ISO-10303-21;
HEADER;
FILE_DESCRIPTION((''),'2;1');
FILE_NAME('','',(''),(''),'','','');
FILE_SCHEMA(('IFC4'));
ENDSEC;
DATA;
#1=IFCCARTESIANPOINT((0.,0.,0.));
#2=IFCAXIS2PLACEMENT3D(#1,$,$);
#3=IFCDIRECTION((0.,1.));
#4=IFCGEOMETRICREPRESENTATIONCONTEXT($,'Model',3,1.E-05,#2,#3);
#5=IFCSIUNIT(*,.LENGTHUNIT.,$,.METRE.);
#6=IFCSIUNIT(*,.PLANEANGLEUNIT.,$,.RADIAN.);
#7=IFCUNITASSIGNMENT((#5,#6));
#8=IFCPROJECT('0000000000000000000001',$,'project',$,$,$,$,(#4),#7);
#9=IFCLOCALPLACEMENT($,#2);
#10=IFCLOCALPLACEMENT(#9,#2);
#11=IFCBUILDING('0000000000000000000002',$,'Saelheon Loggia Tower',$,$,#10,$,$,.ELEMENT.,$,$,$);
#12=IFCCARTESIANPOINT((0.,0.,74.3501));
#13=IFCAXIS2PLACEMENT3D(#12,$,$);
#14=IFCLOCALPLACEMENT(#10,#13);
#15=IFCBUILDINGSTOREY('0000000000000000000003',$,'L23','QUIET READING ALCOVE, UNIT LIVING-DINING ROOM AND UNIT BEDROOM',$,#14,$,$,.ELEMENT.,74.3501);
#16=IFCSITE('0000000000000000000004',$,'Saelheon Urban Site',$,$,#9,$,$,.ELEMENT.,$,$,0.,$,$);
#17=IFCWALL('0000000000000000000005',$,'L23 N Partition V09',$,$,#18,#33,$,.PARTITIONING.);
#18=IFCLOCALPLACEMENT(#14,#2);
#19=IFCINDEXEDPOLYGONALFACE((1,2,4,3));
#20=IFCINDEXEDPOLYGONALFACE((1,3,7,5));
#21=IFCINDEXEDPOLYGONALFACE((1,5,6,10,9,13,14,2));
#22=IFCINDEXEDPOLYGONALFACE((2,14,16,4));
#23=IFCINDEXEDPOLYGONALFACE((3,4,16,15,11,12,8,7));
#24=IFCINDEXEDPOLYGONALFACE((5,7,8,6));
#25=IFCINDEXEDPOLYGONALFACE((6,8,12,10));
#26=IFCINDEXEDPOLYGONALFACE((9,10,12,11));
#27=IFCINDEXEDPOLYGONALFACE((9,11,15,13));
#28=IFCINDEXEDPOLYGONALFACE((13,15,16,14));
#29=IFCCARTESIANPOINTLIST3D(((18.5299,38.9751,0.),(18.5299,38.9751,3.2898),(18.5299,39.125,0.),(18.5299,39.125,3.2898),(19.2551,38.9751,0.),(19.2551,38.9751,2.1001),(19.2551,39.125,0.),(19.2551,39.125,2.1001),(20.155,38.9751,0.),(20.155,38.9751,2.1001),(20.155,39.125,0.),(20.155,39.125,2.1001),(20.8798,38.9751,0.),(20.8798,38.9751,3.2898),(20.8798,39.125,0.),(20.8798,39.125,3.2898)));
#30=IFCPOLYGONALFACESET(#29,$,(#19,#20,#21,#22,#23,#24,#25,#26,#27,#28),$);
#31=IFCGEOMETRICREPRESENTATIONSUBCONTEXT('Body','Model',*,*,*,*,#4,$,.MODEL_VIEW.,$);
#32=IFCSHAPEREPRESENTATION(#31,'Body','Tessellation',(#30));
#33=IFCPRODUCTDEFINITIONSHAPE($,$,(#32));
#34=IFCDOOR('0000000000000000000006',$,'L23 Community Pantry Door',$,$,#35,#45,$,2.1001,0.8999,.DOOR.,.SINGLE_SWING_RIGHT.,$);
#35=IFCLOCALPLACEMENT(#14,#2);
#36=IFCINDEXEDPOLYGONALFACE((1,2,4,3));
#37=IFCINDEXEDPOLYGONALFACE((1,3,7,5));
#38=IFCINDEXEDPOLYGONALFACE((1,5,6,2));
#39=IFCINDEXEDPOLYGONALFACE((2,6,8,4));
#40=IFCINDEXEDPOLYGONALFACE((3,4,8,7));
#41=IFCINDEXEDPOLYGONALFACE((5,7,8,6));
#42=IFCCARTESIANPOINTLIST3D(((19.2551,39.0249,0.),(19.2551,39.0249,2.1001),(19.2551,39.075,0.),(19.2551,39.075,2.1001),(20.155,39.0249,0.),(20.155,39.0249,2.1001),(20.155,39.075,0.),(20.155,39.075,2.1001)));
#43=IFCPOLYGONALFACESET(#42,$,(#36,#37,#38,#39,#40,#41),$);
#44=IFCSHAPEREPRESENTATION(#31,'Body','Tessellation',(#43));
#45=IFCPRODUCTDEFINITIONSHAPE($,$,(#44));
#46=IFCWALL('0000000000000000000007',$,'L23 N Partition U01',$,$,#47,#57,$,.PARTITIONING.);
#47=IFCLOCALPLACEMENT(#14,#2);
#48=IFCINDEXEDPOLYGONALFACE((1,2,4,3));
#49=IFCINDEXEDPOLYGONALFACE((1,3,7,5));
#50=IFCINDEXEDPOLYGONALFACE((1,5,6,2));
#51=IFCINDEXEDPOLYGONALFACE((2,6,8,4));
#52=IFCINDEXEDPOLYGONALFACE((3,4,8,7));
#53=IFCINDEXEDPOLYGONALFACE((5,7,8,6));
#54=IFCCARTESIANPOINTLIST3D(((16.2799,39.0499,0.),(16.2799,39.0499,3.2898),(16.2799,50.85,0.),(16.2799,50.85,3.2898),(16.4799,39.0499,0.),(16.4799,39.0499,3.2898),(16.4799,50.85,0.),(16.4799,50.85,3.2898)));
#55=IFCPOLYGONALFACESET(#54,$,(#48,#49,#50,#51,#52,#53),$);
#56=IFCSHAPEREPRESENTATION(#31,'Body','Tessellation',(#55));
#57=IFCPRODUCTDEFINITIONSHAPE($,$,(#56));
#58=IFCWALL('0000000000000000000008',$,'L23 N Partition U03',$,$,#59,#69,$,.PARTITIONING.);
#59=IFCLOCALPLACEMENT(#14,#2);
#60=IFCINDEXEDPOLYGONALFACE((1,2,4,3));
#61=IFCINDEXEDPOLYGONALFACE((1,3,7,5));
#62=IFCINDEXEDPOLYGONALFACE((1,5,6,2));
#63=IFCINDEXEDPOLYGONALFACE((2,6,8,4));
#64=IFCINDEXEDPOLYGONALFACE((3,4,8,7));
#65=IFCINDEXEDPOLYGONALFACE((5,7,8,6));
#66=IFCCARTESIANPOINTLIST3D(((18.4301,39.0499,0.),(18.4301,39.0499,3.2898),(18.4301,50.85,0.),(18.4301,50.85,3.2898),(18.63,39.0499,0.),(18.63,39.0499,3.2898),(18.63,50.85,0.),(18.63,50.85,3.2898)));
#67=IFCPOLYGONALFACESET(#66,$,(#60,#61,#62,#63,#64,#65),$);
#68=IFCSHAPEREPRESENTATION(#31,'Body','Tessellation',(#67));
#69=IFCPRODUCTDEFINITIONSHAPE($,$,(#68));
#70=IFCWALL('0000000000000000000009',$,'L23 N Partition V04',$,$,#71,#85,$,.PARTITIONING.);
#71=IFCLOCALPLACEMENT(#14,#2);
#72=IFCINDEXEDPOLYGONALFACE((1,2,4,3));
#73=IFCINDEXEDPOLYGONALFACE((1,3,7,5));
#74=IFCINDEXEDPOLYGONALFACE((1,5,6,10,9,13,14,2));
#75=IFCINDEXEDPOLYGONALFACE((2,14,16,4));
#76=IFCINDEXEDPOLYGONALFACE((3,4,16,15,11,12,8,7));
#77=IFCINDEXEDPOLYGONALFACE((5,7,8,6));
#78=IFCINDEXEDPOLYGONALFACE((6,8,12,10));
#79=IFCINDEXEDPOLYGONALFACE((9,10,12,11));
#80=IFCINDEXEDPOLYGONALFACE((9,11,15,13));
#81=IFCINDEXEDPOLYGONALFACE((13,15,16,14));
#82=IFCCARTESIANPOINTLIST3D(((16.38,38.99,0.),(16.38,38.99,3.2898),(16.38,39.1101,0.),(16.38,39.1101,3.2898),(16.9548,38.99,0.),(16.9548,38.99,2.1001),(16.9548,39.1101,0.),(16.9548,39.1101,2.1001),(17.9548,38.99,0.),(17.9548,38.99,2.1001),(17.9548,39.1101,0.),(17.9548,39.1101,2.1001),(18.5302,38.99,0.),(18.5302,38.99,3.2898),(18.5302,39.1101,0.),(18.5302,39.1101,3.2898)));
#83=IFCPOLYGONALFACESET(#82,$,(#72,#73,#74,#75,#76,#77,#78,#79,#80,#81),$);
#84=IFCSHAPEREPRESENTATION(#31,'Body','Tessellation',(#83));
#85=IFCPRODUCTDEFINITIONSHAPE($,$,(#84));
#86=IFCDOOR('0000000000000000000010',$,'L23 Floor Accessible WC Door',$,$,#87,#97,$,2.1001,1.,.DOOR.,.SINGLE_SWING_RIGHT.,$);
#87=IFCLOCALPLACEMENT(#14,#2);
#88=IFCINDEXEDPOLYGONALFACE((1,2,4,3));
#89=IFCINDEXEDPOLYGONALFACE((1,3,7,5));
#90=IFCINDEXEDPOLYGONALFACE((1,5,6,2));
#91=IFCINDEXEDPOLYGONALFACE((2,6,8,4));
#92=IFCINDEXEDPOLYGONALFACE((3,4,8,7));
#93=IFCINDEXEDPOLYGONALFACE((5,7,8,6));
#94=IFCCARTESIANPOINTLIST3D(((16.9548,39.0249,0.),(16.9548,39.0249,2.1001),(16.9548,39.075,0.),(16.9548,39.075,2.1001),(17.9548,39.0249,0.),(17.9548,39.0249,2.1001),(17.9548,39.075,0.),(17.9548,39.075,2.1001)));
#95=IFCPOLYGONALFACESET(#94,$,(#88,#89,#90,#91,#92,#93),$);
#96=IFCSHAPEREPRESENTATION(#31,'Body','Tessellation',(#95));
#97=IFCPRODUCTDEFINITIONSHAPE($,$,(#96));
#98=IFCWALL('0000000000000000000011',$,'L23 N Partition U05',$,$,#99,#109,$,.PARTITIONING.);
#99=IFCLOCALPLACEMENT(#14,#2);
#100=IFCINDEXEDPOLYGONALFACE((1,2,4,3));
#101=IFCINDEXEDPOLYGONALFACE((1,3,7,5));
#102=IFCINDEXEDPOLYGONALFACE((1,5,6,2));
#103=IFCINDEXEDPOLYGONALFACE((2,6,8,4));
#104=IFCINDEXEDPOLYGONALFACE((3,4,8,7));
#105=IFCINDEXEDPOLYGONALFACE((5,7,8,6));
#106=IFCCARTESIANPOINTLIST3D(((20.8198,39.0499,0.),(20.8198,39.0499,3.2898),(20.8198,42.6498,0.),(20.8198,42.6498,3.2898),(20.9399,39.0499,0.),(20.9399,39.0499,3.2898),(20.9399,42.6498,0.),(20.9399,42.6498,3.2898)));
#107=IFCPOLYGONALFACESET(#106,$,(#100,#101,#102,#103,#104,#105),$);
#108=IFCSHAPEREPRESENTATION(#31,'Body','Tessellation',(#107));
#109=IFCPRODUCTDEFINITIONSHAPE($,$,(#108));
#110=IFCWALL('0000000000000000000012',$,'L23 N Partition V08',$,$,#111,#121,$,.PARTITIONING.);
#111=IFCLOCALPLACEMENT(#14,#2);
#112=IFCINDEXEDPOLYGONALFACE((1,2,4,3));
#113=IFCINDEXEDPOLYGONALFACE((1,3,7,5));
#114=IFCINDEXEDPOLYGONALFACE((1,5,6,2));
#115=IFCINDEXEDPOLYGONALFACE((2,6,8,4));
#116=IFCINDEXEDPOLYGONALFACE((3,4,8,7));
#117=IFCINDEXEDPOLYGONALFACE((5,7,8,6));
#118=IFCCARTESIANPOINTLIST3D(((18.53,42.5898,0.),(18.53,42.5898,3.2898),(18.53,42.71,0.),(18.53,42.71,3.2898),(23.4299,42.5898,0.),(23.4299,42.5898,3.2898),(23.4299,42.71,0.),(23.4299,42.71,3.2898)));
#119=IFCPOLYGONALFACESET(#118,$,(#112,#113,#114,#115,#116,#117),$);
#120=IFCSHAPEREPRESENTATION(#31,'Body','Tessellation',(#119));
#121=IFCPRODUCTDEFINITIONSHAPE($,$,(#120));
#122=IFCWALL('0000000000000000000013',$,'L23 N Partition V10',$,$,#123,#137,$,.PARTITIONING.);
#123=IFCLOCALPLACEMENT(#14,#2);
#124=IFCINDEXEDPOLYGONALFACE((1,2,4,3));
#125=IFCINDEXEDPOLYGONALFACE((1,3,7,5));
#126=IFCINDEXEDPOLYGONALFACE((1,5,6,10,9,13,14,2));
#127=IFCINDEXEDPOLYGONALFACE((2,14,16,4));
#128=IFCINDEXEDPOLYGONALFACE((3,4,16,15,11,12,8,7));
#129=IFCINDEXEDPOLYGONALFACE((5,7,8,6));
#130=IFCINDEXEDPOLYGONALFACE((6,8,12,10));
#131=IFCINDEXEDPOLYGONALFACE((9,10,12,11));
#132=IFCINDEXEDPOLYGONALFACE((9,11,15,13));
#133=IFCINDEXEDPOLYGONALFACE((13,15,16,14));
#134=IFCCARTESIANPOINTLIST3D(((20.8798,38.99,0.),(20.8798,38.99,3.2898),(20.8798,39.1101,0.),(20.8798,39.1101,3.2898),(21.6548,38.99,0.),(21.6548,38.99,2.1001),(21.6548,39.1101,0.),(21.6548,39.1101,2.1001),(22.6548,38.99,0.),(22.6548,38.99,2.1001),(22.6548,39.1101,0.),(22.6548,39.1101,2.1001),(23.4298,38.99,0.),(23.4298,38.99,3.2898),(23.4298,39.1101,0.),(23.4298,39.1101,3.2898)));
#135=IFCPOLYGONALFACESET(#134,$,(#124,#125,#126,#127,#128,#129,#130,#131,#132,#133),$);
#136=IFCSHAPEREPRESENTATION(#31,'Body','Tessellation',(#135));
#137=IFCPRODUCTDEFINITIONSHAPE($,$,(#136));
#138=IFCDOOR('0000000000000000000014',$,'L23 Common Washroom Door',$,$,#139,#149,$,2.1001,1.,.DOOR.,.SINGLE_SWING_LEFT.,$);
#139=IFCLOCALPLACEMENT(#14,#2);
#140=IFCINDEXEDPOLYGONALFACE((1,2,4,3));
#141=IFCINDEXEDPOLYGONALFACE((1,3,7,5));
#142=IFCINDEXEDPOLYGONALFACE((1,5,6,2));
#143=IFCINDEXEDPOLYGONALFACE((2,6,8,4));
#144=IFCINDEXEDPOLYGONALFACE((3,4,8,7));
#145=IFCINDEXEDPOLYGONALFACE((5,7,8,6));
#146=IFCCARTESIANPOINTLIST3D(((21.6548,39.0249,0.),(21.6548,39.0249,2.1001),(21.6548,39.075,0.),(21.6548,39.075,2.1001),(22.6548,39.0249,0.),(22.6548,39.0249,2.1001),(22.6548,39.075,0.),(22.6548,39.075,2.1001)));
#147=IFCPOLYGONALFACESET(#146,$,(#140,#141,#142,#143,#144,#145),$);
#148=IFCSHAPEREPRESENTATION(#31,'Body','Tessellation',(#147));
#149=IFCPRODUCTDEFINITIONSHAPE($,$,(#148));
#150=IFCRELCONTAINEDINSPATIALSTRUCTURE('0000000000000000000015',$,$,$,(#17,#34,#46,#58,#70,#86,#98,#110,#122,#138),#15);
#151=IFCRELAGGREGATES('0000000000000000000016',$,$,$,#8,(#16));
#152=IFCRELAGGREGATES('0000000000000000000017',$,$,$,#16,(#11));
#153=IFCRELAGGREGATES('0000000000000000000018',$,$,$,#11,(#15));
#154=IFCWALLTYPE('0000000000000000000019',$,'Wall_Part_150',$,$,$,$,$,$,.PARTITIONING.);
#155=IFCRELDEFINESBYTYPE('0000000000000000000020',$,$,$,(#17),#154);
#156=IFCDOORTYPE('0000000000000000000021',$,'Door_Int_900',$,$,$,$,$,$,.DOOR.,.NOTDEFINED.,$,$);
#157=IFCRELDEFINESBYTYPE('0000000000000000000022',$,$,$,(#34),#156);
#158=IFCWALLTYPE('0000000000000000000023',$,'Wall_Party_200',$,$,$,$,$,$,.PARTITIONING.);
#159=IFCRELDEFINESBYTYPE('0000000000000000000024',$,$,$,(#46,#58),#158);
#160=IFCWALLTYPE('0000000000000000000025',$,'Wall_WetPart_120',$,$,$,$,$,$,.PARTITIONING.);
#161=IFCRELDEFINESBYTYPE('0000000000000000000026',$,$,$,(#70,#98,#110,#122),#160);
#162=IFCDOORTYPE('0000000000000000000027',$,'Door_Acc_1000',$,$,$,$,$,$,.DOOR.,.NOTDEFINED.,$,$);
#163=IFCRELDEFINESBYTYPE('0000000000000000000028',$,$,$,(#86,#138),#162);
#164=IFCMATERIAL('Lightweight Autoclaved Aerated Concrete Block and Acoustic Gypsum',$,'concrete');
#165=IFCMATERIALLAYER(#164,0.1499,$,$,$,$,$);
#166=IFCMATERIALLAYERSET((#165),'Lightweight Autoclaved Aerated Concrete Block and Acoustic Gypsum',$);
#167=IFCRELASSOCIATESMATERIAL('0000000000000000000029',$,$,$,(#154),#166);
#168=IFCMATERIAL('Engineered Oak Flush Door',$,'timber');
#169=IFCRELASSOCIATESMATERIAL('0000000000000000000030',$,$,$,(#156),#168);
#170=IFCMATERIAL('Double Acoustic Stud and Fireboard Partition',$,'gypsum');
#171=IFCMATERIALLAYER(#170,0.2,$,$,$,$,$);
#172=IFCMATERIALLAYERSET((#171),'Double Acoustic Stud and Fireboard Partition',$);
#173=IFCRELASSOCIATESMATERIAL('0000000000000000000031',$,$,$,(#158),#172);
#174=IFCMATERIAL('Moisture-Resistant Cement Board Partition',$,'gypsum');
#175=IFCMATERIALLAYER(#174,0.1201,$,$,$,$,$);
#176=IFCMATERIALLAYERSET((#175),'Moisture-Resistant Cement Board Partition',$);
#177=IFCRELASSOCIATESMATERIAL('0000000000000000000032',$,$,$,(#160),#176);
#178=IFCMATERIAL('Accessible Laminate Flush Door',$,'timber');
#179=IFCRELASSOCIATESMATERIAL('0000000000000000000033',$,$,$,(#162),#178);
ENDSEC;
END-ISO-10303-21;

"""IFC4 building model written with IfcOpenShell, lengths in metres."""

from ifc_helpers import new_model, si_unit, direction, frame, frame_2d, origin, place, context, subcontext, project, spatial, rectangle, extrude, source, transform, mapped, material, layer, layer_set, type_object, element, fill, save


model = new_model("IFC4")

# Units and contexts
model_context = context("Model", 3, precision=1e-05, world=origin(), true_north=direction((0.0, 1.0)))
body_context = subcontext(model_context, "Body", "Model", "MODEL_VIEW")
ifc_project = project(units=[si_unit("LENGTHUNIT", "METRE"), si_unit("PLANEANGLEUNIT", "RADIAN")], contexts=[model_context])

# Site, building, storey
site_placement = place(None, origin())
site = spatial("IfcSite", under=ifc_project, at=site_placement, Name="Saelheon Urban Site", CompositionType="ELEMENT", RefElevation=0.0)
building_placement = place(site_placement, origin())
building = spatial("IfcBuilding", under=site, at=building_placement, Name="Saelheon Loggia Tower", CompositionType="ELEMENT")
storey_placement = place(building_placement, frame((0.0, 0.0, 74.3501)))
storey = spatial("IfcBuildingStorey", under=building, at=storey_placement, Name="L23", Description="QUIET READING ALCOVE, UNIT LIVING-DINING ROOM AND UNIT BEDROOM", CompositionType="ELEMENT", Elevation=74.3501)

# Wall, opening, door
ifc_material_1 = material(Name="Lightweight Autoclaved Aerated Concrete Block and Acoustic Gypsum", Category="concrete")
ifc_layer_1 = layer(ifc_material_1, 0.1499)
ifc_layer_set_1 = layer_set([ifc_layer_1], Name="Lightweight Autoclaved Aerated Concrete Block and Acoustic Gypsum")
wall_type_1 = type_object("IfcWallType", Name="Wall_Part_150", PredefinedType="PARTITIONING", material=ifc_layer_set_1)
wall_1_placement = place(storey_placement, frame((18.53, 39.05, 0.0), z_axis=(0.0, 0.0, 1.0), x_axis=(1.0, 0.0, 0.0)))
wall_1 = element("IfcWall", 1, at=wall_1_placement, inside=storey, type_object=wall_type_1, Name="L23 N Partition V09", PredefinedType="PARTITIONING", context=body_context, shape_type="SweptSolid", body=[
    extrude(rectangle(XDim=2.3499, YDim=0.1499, at=frame_2d((1.1748, 0.0))), origin(), (0.0, 0.0, 1.0), 3.2898),
])
opening_1_placement = place(wall_1_placement, frame((0.7251, 0.0, 0.0)))
opening_1 = element("IfcOpeningElement", 2, at=opening_1_placement, cuts=wall_1, PredefinedType="OPENING", context=body_context, shape_type="SweptSolid", body=[
    extrude(rectangle(XDim=0.8999, YDim=2.1001, at=frame_2d((0.45, 1.05))), frame((0.0, 0.0869, 0.0), z_axis=(0.0, -1.0, 0.0), x_axis=(1.0, 0.0, 0.0)), (0.0, 0.0, 1.0), 0.1738),
])
ifc_material_2 = material(Name="Engineered Oak Flush Door", Category="timber")
door_type_1 = type_object("IfcDoorType", Name="Door_Int_900", OperationType="NOTDEFINED", PredefinedType="DOOR", material=ifc_material_2)
shared_shape_1 = source(origin(), body_context, "Body", "SweptSolid", [
    extrude(rectangle(XDim=0.8999, YDim=2.1001, at=frame_2d((0.45, 1.05))), frame((0.0, 0.0249, 0.0), z_axis=(0.0, -1.0, 0.0), x_axis=(1.0, 0.0, 0.0)), (0.0, 0.0, 1.0), 0.05),
])
door_1_placement = place(opening_1_placement, origin())
door_1 = element("IfcDoor", 3, at=door_1_placement, inside=storey, type_object=door_type_1, Name="L23 Community Pantry Door", OperationType="SINGLE_SWING_RIGHT", OverallHeight=2.1001, OverallWidth=0.8999, PredefinedType="DOOR", context=body_context, shape_type="MappedRepresentation", body=[
    mapped(shared_shape_1, transform((0.0, 0.0, 0.0), scale=1.0)),
])
fill(opening_1, door_1)

# Walls
ifc_material_3 = material(Name="Double Acoustic Stud and Fireboard Partition", Category="gypsum")
ifc_layer_2 = layer(ifc_material_3, 0.2)
ifc_layer_set_2 = layer_set([ifc_layer_2], Name="Double Acoustic Stud and Fireboard Partition")
wall_type_2 = type_object("IfcWallType", Name="Wall_Party_200", PredefinedType="PARTITIONING", material=ifc_layer_set_2)
for number, where, z_axis, x_axis, name in (
    (4, (16.3799, 39.05, 0.0), (0.0, 0.0, 1.0), (0.0, 1.0, 0.0), "L23 N Partition U01"),
    (5, (18.53, 39.05, 0.0), (0.0, 0.0, 1.0), (0.0, 1.0, 0.0), "L23 N Partition U03"),
):
    element("IfcWall", number, at=place(storey_placement, frame(where, z_axis=z_axis, x_axis=x_axis)), inside=storey, type_object=wall_type_2, Name=name, PredefinedType="PARTITIONING", context=body_context, shape_type="SweptSolid", body=[
        extrude(rectangle(XDim=11.8, YDim=0.2, at=frame_2d((5.8999, 0.0))), origin(), (0.0, 0.0, 1.0), 3.2898),
    ])

# Wall, opening, door
ifc_material_4 = material(Name="Moisture-Resistant Cement Board Partition", Category="gypsum")
ifc_layer_3 = layer(ifc_material_4, 0.1201)
ifc_layer_set_3 = layer_set([ifc_layer_3], Name="Moisture-Resistant Cement Board Partition")
wall_type_3 = type_object("IfcWallType", Name="Wall_WetPart_120", PredefinedType="PARTITIONING", material=ifc_layer_set_3)
wall_2_placement = place(storey_placement, frame((16.3799, 39.05, 0.0), z_axis=(0.0, 0.0, 1.0), x_axis=(1.0, 0.0, 0.0)))
wall_2 = element("IfcWall", 6, at=wall_2_placement, inside=storey, type_object=wall_type_3, Name="L23 N Partition V04", PredefinedType="PARTITIONING", context=body_context, shape_type="SweptSolid", body=[
    extrude(rectangle(XDim=2.1501, YDim=0.1201, at=frame_2d((1.0752, 0.0))), origin(), (0.0, 0.0, 1.0), 3.2898),
])
opening_2_placement = place(wall_2_placement, frame((0.575, 0.0, 0.0)))
opening_2 = element("IfcOpeningElement", 7, at=opening_2_placement, cuts=wall_2, PredefinedType="OPENING", context=body_context, shape_type="SweptSolid", body=[
    extrude(rectangle(XDim=1.0, YDim=2.1001, at=frame_2d((0.5, 1.05))), frame((0.0, 0.072, 0.0), z_axis=(0.0, -1.0, 0.0), x_axis=(1.0, 0.0, 0.0)), (0.0, 0.0, 1.0), 0.144),
])
ifc_material_5 = material(Name="Accessible Laminate Flush Door", Category="timber")
door_type_2 = type_object("IfcDoorType", Name="Door_Acc_1000", OperationType="NOTDEFINED", PredefinedType="DOOR", material=ifc_material_5)
shared_shape_2 = source(origin(), body_context, "Body", "SweptSolid", [
    extrude(rectangle(XDim=1.0, YDim=2.1001, at=frame_2d((0.5, 1.05))), frame((0.0, 0.0249, 0.0), z_axis=(0.0, -1.0, 0.0), x_axis=(1.0, 0.0, 0.0)), (0.0, 0.0, 1.0), 0.05),
])
door_2_placement = place(opening_2_placement, origin())
door_2 = element("IfcDoor", 8, at=door_2_placement, inside=storey, type_object=door_type_2, Name="L23 Floor Accessible WC Door", OperationType="SINGLE_SWING_RIGHT", OverallHeight=2.1001, OverallWidth=1.0, PredefinedType="DOOR", context=body_context, shape_type="MappedRepresentation", body=[
    mapped(shared_shape_2, transform((0.0, 0.0, 0.0), scale=1.0)),
])
fill(opening_2, door_2)

# Walls
wall_3_placement = place(storey_placement, frame((20.8799, 39.05, 0.0), z_axis=(0.0, 0.0, 1.0), x_axis=(0.0, 1.0, 0.0)))
element("IfcWall", 9, at=wall_3_placement, inside=storey, type_object=wall_type_3, Name="L23 N Partition U05", PredefinedType="PARTITIONING", context=body_context, shape_type="SweptSolid", body=[
    extrude(rectangle(XDim=3.5999, YDim=0.1201, at=frame_2d((1.7998, 0.0))), origin(), (0.0, 0.0, 1.0), 3.2898),
])
wall_4_placement = place(storey_placement, frame((18.53, 42.6499, 0.0), z_axis=(0.0, 0.0, 1.0), x_axis=(1.0, 0.0, 0.0)))
element("IfcWall", 10, at=wall_4_placement, inside=storey, type_object=wall_type_3, Name="L23 N Partition V08", PredefinedType="PARTITIONING", context=body_context, shape_type="SweptSolid", body=[
    extrude(rectangle(XDim=4.8999, YDim=0.1201, at=frame_2d((2.45, 0.0))), origin(), (0.0, 0.0, 1.0), 3.2898),
])

# Wall, opening, door
wall_5_placement = place(storey_placement, frame((20.8799, 39.05, 0.0), z_axis=(0.0, 0.0, 1.0), x_axis=(1.0, 0.0, 0.0)))
wall_5 = element("IfcWall", 11, at=wall_5_placement, inside=storey, type_object=wall_type_3, Name="L23 N Partition V10", PredefinedType="PARTITIONING", context=body_context, shape_type="SweptSolid", body=[
    extrude(rectangle(XDim=2.55, YDim=0.1201, at=frame_2d((1.2749, 0.0))), origin(), (0.0, 0.0, 1.0), 3.2898),
])
opening_3_placement = place(wall_5_placement, frame((0.7749, 0.0, 0.0)))
opening_3 = element("IfcOpeningElement", 12, at=opening_3_placement, cuts=wall_5, PredefinedType="OPENING", context=body_context, shape_type="SweptSolid", body=[
    extrude(rectangle(XDim=1.0, YDim=2.1001, at=frame_2d((0.5, 1.05))), frame((0.0, 0.072, 0.0), z_axis=(0.0, -1.0, 0.0), x_axis=(1.0, 0.0, 0.0)), (0.0, 0.0, 1.0), 0.144),
])
door_3_placement = place(opening_3_placement, origin())
door_3 = element("IfcDoor", 13, at=door_3_placement, inside=storey, type_object=door_type_2, Name="L23 Common Washroom Door", OperationType="SINGLE_SWING_LEFT", OverallHeight=2.1001, OverallWidth=1.0, PredefinedType="DOOR", context=body_context, shape_type="MappedRepresentation", body=[
    mapped(shared_shape_2, transform((0.0, 0.0, 0.0), scale=1.0)),
])
fill(opening_3, door_3)

save(model, "model.ifc")
